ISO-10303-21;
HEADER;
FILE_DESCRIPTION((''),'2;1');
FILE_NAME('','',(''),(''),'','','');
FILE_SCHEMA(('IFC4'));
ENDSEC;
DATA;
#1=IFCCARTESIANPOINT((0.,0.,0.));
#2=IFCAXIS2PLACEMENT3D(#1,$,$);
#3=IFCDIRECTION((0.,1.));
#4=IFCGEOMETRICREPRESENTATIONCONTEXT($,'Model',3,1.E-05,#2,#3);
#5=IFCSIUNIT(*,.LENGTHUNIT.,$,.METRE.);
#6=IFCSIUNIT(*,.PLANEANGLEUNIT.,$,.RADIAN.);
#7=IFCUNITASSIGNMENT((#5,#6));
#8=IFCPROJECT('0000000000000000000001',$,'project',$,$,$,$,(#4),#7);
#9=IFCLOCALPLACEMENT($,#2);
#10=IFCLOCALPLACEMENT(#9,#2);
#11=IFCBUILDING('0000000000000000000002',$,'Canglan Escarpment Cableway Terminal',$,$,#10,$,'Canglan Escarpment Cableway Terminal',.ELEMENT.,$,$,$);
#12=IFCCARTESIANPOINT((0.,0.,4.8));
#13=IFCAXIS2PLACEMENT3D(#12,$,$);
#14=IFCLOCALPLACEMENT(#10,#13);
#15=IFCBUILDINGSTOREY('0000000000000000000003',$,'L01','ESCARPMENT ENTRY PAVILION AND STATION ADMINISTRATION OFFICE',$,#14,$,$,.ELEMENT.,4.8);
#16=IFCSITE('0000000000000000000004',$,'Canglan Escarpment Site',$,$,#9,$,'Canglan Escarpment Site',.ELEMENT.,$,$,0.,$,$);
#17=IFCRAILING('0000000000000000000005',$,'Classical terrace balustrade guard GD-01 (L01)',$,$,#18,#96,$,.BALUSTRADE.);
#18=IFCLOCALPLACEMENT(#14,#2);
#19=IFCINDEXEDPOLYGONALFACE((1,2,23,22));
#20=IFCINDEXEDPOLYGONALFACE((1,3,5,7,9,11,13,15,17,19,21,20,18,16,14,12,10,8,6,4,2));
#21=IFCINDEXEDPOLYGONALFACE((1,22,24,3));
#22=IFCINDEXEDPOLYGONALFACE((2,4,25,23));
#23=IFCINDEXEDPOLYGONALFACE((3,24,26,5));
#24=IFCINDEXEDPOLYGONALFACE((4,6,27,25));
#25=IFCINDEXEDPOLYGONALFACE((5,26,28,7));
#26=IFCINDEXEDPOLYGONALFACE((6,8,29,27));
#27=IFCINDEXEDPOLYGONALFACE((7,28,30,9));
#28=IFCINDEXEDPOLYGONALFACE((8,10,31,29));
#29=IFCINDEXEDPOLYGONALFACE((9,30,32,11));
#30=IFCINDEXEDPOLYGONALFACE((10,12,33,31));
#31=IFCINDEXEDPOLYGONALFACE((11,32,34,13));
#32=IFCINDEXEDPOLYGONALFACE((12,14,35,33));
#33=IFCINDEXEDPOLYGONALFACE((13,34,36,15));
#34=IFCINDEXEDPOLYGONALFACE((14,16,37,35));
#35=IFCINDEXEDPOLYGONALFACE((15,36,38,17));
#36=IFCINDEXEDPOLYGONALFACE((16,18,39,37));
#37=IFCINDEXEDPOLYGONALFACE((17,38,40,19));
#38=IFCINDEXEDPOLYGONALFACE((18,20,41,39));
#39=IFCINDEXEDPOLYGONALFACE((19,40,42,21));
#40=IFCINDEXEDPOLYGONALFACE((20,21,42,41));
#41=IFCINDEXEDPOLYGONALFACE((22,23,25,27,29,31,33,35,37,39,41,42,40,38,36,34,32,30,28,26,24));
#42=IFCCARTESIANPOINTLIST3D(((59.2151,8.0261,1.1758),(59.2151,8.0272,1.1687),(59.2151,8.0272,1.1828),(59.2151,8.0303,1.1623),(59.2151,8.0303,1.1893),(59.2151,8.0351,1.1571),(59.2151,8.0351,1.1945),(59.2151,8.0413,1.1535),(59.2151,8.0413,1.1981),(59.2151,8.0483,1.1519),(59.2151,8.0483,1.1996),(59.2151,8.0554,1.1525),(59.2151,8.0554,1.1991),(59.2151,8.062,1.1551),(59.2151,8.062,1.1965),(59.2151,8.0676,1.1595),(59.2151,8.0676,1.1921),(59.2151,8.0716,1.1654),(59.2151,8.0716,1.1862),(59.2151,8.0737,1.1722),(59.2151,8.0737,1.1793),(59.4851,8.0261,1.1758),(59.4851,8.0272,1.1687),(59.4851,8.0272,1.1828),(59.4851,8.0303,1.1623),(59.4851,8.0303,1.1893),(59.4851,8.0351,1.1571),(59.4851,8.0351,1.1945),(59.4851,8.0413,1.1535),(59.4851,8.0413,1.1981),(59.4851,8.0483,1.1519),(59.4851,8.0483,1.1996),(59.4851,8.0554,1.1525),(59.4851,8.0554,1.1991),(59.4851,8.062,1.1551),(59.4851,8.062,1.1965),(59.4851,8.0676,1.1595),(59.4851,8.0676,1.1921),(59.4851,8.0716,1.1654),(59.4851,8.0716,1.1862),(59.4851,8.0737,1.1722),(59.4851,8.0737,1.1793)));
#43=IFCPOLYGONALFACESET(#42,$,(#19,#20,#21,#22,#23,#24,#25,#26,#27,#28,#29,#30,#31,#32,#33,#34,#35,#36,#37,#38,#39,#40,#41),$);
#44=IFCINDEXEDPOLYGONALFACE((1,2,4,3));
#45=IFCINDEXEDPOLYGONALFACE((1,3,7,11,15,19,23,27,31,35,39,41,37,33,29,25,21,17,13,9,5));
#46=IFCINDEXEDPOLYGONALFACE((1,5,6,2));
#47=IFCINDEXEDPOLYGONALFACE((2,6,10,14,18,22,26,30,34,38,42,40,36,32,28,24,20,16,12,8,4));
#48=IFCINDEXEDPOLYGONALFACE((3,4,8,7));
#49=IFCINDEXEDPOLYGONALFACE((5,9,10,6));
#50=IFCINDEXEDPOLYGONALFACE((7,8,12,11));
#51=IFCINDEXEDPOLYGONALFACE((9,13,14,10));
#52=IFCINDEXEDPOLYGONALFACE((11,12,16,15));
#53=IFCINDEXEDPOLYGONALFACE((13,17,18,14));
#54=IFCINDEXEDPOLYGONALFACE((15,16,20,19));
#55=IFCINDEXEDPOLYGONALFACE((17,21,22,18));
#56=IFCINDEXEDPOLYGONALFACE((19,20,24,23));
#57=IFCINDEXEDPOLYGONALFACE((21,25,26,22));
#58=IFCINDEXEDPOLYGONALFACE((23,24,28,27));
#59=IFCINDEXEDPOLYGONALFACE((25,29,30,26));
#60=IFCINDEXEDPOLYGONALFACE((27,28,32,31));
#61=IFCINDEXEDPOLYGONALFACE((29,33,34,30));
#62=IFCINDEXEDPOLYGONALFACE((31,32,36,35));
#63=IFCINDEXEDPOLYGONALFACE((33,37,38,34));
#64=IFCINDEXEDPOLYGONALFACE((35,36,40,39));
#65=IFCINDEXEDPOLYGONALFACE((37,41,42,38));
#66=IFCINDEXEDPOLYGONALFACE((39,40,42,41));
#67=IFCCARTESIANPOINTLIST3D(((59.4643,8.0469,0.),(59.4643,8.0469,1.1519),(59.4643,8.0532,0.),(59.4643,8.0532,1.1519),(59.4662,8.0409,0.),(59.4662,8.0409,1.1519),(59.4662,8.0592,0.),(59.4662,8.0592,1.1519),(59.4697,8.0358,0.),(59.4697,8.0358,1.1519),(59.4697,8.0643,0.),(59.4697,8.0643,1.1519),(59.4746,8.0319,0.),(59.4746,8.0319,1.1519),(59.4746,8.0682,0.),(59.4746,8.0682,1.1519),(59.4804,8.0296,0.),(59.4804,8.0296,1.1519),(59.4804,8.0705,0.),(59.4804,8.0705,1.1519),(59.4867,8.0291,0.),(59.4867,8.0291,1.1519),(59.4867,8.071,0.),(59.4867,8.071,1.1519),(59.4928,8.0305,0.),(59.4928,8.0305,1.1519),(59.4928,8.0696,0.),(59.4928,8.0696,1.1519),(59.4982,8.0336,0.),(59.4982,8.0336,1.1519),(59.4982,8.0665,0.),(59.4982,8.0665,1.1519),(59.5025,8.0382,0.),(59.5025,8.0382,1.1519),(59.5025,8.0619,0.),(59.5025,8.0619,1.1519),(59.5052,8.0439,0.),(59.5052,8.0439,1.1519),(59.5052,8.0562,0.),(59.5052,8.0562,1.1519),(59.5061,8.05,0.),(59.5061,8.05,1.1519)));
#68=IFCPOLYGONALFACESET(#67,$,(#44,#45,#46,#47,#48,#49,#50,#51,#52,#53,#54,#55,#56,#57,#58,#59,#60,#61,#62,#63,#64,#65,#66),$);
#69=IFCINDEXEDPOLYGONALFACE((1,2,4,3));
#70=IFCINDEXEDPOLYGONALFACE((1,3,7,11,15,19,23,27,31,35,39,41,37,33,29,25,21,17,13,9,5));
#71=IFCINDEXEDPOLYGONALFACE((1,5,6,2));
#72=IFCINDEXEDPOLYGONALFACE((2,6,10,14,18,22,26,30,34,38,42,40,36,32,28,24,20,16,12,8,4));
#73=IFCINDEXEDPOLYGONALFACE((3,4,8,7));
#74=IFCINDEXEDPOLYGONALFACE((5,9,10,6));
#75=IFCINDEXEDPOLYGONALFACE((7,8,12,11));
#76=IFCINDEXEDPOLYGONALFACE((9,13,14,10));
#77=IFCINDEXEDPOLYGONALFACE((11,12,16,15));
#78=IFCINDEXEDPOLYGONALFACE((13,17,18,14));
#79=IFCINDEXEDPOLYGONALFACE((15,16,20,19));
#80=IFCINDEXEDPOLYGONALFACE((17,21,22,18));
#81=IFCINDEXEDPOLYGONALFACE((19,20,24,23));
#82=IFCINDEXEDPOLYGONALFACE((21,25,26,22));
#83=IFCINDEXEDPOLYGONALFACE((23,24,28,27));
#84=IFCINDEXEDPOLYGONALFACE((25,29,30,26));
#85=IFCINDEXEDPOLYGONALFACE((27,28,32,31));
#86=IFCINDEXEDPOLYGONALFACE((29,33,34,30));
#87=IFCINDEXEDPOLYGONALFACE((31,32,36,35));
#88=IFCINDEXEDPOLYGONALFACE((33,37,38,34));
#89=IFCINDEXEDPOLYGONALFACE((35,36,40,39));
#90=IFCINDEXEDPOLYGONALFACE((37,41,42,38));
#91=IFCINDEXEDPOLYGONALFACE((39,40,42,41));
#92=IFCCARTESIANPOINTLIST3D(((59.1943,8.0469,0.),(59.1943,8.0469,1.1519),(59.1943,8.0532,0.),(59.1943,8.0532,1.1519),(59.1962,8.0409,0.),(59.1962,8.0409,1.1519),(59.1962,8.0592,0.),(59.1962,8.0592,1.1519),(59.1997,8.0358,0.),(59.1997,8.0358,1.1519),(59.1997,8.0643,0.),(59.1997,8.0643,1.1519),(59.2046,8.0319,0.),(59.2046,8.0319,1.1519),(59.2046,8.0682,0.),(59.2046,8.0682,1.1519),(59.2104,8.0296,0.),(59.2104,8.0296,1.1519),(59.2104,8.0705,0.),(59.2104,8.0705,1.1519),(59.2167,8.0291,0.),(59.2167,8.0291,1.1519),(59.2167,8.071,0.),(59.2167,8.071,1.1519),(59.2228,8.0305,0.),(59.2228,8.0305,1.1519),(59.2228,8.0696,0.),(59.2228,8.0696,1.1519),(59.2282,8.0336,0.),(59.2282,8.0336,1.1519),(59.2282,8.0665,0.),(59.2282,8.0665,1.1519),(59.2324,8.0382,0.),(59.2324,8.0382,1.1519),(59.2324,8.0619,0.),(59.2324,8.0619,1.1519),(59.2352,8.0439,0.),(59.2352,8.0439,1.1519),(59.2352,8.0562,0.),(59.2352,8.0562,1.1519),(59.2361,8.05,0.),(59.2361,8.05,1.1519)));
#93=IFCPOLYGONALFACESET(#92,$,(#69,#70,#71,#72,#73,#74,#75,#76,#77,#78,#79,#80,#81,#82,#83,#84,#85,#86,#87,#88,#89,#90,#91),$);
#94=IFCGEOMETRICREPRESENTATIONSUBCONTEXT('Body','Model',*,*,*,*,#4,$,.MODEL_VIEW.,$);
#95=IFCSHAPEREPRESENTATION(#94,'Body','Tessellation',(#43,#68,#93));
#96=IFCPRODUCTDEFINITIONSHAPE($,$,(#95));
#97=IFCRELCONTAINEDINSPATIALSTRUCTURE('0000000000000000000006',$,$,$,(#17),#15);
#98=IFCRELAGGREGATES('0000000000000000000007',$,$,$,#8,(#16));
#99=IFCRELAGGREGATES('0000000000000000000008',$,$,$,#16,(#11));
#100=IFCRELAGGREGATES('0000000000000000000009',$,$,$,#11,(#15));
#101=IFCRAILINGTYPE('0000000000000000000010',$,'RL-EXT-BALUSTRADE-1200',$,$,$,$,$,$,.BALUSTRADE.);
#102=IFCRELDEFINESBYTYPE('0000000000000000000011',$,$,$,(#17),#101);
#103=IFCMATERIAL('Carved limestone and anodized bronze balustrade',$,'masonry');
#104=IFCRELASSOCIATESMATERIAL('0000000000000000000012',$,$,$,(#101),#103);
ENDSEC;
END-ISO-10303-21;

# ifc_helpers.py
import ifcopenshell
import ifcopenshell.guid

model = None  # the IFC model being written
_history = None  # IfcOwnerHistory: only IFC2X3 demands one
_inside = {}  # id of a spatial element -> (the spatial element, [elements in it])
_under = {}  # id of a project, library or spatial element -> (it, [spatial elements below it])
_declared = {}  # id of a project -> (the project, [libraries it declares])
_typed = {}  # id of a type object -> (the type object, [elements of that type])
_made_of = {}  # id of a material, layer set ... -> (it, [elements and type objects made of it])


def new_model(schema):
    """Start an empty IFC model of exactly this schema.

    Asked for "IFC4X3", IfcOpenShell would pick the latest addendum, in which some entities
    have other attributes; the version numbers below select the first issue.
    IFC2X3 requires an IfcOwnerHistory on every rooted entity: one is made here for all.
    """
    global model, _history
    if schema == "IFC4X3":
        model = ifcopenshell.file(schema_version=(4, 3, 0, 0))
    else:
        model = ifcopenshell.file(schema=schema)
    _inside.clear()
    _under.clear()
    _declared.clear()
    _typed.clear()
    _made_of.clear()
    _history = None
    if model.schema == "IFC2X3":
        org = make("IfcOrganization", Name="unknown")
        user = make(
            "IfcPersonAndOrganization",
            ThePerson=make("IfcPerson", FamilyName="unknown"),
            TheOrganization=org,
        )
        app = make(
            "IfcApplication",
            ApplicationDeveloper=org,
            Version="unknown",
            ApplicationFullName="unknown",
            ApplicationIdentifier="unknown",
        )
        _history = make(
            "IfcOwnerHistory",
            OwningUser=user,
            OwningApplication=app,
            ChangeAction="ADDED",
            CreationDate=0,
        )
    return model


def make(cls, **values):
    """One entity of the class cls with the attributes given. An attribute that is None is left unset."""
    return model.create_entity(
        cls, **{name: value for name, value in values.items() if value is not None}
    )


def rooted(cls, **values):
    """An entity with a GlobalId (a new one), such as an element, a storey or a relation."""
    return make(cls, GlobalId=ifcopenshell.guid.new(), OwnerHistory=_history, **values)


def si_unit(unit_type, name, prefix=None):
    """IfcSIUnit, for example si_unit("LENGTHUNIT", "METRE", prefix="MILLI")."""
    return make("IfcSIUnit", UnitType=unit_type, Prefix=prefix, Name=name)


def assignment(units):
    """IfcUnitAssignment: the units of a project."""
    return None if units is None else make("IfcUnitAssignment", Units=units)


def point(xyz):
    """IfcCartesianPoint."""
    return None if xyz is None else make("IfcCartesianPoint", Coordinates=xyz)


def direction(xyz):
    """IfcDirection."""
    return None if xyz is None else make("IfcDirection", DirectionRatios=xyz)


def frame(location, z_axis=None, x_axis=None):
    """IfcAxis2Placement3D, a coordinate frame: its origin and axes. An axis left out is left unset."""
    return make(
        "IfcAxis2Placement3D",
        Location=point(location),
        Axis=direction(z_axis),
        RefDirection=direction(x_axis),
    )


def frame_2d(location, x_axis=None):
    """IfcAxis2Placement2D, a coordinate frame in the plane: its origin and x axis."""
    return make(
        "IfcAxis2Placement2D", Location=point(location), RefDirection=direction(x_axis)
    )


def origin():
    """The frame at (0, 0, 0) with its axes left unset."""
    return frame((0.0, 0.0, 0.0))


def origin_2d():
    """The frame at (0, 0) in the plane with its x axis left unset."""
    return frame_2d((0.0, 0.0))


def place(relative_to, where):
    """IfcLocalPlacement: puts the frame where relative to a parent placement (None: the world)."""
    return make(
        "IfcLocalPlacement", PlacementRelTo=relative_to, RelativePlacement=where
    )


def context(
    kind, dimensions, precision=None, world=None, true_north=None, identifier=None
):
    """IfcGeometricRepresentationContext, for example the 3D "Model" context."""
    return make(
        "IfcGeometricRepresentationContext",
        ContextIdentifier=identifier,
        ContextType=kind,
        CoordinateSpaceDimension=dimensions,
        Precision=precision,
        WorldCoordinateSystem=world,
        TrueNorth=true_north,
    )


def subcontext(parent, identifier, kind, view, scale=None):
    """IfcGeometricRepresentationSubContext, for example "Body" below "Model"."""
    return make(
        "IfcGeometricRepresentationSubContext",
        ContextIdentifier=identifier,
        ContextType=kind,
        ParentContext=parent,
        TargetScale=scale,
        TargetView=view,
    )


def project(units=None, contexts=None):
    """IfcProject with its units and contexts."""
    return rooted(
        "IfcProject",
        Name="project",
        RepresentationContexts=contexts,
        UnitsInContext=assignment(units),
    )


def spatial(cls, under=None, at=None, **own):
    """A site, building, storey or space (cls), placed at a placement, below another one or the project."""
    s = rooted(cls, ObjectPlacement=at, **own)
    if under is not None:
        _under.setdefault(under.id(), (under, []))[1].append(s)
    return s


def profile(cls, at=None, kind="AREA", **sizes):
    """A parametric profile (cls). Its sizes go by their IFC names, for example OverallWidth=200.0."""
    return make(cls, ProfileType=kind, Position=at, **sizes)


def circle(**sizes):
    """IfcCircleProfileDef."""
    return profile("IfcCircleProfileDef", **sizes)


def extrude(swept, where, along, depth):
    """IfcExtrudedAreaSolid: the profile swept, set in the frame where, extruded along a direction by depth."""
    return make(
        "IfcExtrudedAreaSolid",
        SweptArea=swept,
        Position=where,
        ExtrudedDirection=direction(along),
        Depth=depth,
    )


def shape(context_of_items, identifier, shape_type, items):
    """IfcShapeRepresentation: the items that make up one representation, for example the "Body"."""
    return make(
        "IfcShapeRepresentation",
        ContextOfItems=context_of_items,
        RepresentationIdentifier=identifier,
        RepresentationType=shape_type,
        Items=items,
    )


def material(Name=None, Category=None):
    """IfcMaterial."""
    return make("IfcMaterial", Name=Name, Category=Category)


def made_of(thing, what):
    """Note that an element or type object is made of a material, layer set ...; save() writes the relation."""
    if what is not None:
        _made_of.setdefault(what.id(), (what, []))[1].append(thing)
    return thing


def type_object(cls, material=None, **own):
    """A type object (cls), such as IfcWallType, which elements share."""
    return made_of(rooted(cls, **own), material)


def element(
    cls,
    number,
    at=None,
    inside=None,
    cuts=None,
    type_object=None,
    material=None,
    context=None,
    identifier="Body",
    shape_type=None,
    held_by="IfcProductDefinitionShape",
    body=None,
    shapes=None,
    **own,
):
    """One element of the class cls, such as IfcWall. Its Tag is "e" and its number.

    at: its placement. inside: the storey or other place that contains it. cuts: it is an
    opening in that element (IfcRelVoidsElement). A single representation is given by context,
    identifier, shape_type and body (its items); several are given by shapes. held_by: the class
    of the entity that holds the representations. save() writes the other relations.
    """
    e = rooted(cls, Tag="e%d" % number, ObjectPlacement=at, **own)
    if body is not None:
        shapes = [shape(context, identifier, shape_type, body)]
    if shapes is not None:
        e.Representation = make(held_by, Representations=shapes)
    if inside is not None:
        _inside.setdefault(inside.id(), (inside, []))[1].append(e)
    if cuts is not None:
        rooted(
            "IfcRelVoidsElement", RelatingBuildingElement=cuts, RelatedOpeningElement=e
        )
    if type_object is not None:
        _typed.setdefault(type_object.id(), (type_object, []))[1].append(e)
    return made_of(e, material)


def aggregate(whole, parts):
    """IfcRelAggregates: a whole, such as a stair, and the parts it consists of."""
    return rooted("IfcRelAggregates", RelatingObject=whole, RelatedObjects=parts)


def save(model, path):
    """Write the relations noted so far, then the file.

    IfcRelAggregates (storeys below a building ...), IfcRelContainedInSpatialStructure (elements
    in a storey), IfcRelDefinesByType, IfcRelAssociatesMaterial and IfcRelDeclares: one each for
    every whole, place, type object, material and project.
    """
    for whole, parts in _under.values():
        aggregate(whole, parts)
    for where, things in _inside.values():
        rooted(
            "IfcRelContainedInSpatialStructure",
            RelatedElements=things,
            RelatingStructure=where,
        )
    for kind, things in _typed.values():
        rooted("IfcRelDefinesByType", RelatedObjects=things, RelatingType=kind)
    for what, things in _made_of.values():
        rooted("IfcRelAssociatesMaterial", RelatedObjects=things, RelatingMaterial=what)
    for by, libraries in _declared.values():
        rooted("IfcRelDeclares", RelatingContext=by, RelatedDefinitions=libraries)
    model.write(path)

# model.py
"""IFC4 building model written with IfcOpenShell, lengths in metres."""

from ifc_helpers import new_model, si_unit, direction, frame, origin, origin_2d, place, context, subcontext, project, spatial, circle, extrude, material, type_object, element, save


model = new_model("IFC4")

# Units and contexts
model_context = context("Model", 3, precision=1e-05, world=origin(), true_north=direction((0.0, 1.0)))
body_context = subcontext(model_context, "Body", "Model", "MODEL_VIEW")
ifc_project = project(units=[si_unit("LENGTHUNIT", "METRE"), si_unit("PLANEANGLEUNIT", "RADIAN")], contexts=[model_context])

# Site, building, storey
site_placement = place(None, origin())
site = spatial("IfcSite", under=ifc_project, at=site_placement, Name="Canglan Escarpment Site", LongName="Canglan Escarpment Site", CompositionType="ELEMENT", RefElevation=0.0)
building_placement = place(site_placement, origin())
building = spatial("IfcBuilding", under=site, at=building_placement, Name="Canglan Escarpment Cableway Terminal", LongName="Canglan Escarpment Cableway Terminal", CompositionType="ELEMENT")
storey_placement = place(building_placement, frame((0.0, 0.0, 4.8)))
storey = spatial("IfcBuildingStorey", under=building, at=storey_placement, Name="L01", Description="ESCARPMENT ENTRY PAVILION AND STATION ADMINISTRATION OFFICE", CompositionType="ELEMENT", Elevation=4.8)

# Railing
ifc_material_1 = material(Name="Carved limestone and anodized bronze balustrade", Category="masonry")
railing_type_1 = type_object("IfcRailingType", Name="RL-EXT-BALUSTRADE-1200", PredefinedType="BALUSTRADE", material=ifc_material_1)
railing_1_placement = place(storey_placement, frame((59.4851, 8.05, 0.0)))
element("IfcRailing", 1, at=railing_1_placement, inside=storey, type_object=railing_type_1, Name="Classical terrace balustrade guard GD-01 (L01)", PredefinedType="BALUSTRADE", context=body_context, shape_type="SweptSolid", body=[
    extrude(circle(Radius=0.0239, at=origin_2d()), frame((0.0, 0.0, 1.1758), z_axis=(-1.0, 0.0, 0.0), x_axis=(0.0, -1.0, 0.0)), (0.0, 0.0, 1.0), 0.27),
    extrude(circle(Radius=0.021, at=origin_2d()), origin(), (0.0, 0.0, 1.0), 1.1519),
    extrude(circle(Radius=0.021, at=origin_2d()), frame((-0.27, 0.0, 0.0)), (0.0, 0.0, 1.0), 1.1519),
])

save(model, "model.ifc")
